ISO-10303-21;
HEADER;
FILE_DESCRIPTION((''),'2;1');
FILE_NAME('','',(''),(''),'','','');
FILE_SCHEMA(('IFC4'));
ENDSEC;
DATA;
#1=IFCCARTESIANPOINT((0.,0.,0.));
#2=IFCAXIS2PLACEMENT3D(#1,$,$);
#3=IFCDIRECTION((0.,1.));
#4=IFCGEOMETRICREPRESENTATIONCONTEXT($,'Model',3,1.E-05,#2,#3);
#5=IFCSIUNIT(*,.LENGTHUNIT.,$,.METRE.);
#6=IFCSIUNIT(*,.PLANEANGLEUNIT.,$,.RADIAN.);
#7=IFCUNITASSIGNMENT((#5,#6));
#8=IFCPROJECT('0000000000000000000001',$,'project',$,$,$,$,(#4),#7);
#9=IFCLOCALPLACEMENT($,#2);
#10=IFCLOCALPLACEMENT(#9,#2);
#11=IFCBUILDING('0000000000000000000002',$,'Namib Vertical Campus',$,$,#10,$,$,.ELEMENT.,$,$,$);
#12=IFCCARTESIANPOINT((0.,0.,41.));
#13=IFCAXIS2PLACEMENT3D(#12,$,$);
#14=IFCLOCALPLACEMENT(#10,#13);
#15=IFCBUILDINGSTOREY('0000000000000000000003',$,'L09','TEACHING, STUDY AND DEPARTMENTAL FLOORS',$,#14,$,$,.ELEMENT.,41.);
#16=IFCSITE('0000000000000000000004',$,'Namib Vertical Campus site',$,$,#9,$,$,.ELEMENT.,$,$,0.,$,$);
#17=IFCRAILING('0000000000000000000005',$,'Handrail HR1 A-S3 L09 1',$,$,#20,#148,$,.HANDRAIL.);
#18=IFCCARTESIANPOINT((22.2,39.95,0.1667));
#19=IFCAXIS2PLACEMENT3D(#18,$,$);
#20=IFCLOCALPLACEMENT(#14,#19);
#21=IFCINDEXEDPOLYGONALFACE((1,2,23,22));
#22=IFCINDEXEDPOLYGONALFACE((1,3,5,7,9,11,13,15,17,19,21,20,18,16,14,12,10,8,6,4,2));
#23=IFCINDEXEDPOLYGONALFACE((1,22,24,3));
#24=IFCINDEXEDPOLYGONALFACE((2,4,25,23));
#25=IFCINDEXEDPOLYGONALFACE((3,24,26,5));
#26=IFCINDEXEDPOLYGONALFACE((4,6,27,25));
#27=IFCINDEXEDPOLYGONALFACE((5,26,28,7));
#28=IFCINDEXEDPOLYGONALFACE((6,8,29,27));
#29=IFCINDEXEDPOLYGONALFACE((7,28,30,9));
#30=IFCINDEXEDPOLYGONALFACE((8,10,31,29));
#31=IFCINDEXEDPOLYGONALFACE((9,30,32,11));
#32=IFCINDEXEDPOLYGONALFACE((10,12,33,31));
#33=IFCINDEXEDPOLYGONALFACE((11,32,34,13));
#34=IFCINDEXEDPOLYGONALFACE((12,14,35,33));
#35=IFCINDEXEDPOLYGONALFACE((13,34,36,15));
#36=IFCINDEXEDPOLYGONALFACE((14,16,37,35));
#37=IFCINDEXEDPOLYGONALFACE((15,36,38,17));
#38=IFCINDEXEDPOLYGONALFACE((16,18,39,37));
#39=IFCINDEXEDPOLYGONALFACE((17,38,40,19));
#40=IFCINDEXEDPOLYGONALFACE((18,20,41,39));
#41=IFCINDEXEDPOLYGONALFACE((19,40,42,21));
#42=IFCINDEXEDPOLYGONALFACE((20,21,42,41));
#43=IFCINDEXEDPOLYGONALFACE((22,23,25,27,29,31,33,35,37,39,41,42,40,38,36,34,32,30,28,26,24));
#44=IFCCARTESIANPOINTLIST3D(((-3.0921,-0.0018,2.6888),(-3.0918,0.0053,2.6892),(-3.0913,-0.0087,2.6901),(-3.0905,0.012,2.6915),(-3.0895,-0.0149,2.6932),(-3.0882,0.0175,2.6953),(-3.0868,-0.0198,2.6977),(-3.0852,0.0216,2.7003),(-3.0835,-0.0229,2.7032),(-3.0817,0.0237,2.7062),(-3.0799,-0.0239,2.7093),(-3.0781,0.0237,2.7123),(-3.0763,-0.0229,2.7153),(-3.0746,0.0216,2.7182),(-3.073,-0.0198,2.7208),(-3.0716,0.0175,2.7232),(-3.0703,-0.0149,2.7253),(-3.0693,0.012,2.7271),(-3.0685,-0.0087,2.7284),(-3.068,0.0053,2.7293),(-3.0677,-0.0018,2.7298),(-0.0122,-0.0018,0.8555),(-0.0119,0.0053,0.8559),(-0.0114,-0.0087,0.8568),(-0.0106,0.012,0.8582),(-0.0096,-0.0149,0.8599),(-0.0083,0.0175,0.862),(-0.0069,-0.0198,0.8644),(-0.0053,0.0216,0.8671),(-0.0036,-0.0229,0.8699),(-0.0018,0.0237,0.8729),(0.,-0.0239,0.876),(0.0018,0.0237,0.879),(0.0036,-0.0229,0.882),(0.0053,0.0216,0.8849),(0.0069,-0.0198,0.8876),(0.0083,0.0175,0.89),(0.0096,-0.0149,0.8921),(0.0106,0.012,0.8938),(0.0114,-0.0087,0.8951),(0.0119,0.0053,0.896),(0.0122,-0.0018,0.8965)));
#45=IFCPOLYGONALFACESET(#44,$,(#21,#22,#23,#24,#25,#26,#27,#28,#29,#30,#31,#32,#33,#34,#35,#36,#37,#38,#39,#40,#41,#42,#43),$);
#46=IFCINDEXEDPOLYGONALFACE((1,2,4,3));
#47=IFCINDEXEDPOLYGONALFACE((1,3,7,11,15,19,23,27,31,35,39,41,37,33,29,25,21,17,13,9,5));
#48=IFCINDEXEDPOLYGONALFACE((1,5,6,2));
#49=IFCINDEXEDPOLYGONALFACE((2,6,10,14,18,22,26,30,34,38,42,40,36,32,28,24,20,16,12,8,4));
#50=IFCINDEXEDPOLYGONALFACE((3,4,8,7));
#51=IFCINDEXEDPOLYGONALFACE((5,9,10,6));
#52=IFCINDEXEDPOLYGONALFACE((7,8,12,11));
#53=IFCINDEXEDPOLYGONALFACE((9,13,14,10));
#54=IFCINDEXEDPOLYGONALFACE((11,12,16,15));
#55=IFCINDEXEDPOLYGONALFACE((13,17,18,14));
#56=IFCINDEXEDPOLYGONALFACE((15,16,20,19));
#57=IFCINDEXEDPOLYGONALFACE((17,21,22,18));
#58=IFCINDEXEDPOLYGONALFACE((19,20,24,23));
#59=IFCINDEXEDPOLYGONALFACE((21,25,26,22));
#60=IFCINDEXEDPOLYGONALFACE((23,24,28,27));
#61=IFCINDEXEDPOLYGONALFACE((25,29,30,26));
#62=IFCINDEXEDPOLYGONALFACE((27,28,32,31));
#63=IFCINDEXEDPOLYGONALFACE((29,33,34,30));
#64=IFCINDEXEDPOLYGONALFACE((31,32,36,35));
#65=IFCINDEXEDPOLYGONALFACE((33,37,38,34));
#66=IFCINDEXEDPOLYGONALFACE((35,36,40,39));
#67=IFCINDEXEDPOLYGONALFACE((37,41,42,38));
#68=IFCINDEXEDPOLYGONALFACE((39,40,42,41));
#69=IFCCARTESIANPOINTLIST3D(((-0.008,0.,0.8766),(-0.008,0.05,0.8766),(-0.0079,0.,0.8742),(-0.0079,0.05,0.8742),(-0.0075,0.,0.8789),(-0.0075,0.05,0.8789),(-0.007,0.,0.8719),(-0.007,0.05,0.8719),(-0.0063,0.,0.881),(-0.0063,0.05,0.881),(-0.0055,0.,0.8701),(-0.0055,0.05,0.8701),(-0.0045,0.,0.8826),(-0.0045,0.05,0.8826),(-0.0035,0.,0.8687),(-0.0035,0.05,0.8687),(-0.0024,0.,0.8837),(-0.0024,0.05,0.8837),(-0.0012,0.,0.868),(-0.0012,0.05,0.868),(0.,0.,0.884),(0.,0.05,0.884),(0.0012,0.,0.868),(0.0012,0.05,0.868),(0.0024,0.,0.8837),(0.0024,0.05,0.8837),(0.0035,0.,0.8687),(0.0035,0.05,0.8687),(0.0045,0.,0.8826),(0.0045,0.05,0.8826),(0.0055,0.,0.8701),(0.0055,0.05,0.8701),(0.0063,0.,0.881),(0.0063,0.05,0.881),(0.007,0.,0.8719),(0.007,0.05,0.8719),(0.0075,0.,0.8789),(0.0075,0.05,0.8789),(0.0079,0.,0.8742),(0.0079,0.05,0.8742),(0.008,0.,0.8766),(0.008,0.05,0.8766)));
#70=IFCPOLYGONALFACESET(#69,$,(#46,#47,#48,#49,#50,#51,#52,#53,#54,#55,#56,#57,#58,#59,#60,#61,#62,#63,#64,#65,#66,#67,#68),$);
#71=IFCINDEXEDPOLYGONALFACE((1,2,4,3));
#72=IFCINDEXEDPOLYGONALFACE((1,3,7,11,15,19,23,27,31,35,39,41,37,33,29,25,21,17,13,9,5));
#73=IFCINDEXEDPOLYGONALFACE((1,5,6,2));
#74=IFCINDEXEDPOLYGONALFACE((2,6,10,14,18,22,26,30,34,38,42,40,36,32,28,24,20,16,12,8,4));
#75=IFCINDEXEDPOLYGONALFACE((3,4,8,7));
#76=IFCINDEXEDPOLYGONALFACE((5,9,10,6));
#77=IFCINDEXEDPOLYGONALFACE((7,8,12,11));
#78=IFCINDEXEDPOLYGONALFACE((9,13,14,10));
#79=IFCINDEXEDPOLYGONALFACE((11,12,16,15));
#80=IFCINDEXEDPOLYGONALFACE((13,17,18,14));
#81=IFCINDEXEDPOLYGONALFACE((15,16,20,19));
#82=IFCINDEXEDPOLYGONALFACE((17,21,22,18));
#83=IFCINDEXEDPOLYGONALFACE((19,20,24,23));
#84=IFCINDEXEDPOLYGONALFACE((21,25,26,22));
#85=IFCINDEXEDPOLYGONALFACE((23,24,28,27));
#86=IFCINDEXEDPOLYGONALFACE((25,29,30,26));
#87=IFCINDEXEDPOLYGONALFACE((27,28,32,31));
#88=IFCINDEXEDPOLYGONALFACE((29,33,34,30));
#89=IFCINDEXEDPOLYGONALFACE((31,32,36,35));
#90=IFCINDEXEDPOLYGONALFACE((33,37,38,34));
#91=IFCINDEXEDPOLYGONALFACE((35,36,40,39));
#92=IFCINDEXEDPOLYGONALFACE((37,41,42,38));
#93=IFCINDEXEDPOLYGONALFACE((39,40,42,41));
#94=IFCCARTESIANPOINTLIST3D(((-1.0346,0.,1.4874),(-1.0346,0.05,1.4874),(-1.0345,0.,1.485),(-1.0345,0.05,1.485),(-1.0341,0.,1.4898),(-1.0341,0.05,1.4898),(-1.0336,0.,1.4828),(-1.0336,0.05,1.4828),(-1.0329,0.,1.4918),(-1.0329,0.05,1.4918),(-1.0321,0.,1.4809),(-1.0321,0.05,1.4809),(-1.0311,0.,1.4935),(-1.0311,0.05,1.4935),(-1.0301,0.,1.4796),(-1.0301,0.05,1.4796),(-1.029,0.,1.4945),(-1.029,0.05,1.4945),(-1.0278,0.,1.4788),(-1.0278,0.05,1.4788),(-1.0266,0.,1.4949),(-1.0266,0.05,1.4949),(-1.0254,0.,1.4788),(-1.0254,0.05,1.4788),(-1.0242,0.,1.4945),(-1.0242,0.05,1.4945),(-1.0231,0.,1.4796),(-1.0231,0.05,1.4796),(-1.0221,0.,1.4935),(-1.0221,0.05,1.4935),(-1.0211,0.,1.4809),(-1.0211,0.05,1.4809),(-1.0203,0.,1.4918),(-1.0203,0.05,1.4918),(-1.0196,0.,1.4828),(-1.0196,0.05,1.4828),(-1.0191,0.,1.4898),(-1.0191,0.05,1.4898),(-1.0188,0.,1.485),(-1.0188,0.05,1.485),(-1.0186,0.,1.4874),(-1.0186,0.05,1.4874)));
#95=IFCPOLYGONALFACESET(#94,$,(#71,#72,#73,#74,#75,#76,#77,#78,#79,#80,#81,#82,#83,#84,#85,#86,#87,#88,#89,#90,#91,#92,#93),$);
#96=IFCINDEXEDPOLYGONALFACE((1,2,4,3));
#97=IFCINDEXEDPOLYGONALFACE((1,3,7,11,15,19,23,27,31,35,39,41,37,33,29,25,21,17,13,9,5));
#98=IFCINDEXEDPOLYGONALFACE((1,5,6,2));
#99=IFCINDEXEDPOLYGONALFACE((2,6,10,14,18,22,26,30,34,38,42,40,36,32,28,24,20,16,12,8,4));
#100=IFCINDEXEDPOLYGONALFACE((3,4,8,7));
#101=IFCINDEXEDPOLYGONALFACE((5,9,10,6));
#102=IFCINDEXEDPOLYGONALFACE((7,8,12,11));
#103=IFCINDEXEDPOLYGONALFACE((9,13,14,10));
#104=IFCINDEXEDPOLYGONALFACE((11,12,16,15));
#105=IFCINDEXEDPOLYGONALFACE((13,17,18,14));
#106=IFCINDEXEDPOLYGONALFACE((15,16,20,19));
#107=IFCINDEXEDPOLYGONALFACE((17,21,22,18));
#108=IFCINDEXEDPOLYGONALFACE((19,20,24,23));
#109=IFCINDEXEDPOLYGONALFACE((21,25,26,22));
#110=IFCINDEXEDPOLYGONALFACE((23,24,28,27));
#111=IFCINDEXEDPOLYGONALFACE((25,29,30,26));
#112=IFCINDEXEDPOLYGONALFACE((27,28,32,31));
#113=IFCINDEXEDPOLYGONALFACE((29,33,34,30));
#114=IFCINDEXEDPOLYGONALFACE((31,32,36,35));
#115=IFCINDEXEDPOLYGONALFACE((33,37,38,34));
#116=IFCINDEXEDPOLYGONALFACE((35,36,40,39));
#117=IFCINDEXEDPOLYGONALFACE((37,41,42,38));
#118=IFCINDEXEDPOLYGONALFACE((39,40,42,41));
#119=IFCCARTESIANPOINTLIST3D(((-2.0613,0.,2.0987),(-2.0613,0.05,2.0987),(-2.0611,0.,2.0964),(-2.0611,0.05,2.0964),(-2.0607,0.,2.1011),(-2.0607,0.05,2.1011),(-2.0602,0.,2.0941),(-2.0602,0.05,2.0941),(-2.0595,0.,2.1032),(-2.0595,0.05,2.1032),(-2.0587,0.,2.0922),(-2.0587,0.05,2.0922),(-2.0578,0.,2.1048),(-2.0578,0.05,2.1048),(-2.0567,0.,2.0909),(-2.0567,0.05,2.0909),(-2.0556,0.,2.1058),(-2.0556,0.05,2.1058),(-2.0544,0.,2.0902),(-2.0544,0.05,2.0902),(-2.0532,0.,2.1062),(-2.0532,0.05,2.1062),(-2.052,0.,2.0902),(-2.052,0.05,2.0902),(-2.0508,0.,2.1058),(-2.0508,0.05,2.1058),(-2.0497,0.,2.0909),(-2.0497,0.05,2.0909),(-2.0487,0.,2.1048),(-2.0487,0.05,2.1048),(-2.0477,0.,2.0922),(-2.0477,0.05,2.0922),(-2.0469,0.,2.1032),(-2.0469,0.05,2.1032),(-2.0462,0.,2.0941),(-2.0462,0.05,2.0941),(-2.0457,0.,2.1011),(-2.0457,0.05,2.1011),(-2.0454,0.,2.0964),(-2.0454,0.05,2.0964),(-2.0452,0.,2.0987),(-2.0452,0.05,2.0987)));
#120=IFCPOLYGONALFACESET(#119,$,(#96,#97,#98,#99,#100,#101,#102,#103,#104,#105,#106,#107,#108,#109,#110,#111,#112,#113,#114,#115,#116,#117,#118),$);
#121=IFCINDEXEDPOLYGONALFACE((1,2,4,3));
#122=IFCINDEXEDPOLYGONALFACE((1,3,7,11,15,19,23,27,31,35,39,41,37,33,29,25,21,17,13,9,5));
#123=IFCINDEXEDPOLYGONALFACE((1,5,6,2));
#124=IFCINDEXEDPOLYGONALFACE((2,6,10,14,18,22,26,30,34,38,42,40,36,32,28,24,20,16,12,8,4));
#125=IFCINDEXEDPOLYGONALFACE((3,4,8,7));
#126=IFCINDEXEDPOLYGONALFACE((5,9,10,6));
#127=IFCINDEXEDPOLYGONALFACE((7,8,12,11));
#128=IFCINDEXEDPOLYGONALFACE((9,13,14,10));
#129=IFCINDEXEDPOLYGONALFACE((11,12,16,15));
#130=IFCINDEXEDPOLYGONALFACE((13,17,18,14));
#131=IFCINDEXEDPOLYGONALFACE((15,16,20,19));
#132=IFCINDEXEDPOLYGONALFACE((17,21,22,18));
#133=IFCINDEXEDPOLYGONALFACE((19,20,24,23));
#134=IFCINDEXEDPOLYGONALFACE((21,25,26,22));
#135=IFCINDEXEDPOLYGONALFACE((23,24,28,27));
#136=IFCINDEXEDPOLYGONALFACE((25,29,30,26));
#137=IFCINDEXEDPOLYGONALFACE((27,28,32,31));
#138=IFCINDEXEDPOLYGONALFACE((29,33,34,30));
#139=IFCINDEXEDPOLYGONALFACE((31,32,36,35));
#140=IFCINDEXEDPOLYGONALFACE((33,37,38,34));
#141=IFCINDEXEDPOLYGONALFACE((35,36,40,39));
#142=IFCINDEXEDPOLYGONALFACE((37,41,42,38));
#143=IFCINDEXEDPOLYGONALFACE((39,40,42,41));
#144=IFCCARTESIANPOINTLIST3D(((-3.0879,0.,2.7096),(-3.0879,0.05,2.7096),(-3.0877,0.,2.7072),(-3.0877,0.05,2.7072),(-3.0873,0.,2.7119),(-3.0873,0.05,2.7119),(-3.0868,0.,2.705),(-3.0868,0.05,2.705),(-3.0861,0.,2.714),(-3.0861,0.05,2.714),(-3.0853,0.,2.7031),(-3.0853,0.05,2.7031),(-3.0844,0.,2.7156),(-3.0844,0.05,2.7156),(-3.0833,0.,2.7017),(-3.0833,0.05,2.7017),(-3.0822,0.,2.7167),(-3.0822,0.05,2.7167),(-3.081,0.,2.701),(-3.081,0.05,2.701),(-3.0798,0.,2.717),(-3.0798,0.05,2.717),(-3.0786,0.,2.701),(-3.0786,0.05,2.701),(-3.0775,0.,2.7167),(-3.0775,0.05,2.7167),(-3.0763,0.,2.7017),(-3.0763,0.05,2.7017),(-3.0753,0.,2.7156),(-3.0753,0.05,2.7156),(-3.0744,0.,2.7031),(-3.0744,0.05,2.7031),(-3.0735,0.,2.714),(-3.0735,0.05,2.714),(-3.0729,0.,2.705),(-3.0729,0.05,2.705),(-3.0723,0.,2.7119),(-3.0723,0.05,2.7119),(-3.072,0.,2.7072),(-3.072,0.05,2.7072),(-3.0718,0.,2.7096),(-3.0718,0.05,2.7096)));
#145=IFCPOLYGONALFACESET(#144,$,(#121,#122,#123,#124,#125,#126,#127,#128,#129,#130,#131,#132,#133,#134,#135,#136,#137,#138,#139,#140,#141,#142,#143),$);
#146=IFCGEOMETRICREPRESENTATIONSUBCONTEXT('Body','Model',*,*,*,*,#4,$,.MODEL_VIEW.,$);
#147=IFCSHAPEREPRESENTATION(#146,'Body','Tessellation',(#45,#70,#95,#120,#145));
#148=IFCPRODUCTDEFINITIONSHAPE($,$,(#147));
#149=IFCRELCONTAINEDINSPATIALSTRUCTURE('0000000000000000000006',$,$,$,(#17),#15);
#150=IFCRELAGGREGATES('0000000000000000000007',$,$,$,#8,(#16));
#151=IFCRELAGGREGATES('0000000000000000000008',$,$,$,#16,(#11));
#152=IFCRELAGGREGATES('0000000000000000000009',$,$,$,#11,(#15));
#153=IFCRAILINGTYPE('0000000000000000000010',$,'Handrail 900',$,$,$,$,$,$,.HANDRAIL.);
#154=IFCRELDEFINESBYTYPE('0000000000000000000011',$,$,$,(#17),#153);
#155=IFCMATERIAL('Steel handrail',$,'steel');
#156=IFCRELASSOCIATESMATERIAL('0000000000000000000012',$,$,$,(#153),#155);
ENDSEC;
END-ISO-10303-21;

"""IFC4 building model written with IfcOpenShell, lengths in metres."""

from ifc_helpers import new_model, si_unit, direction, frame, origin, origin_2d, place, context, subcontext, project, spatial, circle, extrude, material, type_object, element, save


model = new_model("IFC4")

# Units and contexts
model_context = context("Model", 3, precision=1e-05, world=origin(), true_north=direction((0.0, 1.0)))
body_context = subcontext(model_context, "Body", "Model", "MODEL_VIEW")
ifc_project = project(units=[si_unit("LENGTHUNIT", "METRE"), si_unit("PLANEANGLEUNIT", "RADIAN")], contexts=[model_context])

# Site, building, storey
site_placement = place(None, origin())
site = spatial("IfcSite", under=ifc_project, at=site_placement, Name="Namib Vertical Campus site", CompositionType="ELEMENT", RefElevation=0.0)
building_placement = place(site_placement, origin())
building = spatial("IfcBuilding", under=site, at=building_placement, Name="Namib Vertical Campus", CompositionType="ELEMENT")
storey_placement = place(building_placement, frame((0.0, 0.0, 41.0)))
storey = spatial("IfcBuildingStorey", under=building, at=storey_placement, Name="L09", Description="TEACHING, STUDY AND DEPARTMENTAL FLOORS", CompositionType="ELEMENT", Elevation=41.0)

# Railing
ifc_material_1 = material(Name="Steel handrail", Category="steel")
railing_type_1 = type_object("IfcRailingType", Name="Handrail 900", PredefinedType="HANDRAIL", material=ifc_material_1)
railing_1_placement = place(storey_placement, frame((22.2, 39.95, 0.1667)))
element("IfcRailing", 1, at=railing_1_placement, inside=storey, type_object=railing_type_1, Name="Handrail HR1 A-S3 L09 1", PredefinedType="HANDRAIL", context=body_context, shape_type="SweptSolid", body=[
    extrude(circle(Radius=0.0239, at=origin_2d()), frame((0.0, 0.0, 0.876), z_axis=(-0.859291, 0.0, 0.511487), x_axis=(0.0, -1.0, 0.0)), (0.0, 0.0, 1.0), 3.5842),
    extrude(circle(Radius=0.0081, at=origin_2d()), frame((0.0, 0.0, 0.876), z_axis=(0.0, 1.0, 0.0), x_axis=(0.0, 0.0, 1.0)), (0.0, 0.0, 1.0), 0.05),
    extrude(circle(Radius=0.0081, at=origin_2d()), frame((-1.0266, 0.0, 1.4868), z_axis=(0.0, 1.0, 0.0), x_axis=(0.0, 0.0, 1.0)), (0.0, 0.0, 1.0), 0.05),
    extrude(circle(Radius=0.0081, at=origin_2d()), frame((-2.0532, 0.0, 2.0981), z_axis=(0.0, 1.0, 0.0), x_axis=(0.0, 0.0, 1.0)), (0.0, 0.0, 1.0), 0.05),
    extrude(circle(Radius=0.0081, at=origin_2d()), frame((-3.0798, 0.0, 2.709), z_axis=(0.0, 1.0, 0.0), x_axis=(0.0, 0.0, 1.0)), (0.0, 0.0, 1.0), 0.05),
])

save(model, "model.ifc")
